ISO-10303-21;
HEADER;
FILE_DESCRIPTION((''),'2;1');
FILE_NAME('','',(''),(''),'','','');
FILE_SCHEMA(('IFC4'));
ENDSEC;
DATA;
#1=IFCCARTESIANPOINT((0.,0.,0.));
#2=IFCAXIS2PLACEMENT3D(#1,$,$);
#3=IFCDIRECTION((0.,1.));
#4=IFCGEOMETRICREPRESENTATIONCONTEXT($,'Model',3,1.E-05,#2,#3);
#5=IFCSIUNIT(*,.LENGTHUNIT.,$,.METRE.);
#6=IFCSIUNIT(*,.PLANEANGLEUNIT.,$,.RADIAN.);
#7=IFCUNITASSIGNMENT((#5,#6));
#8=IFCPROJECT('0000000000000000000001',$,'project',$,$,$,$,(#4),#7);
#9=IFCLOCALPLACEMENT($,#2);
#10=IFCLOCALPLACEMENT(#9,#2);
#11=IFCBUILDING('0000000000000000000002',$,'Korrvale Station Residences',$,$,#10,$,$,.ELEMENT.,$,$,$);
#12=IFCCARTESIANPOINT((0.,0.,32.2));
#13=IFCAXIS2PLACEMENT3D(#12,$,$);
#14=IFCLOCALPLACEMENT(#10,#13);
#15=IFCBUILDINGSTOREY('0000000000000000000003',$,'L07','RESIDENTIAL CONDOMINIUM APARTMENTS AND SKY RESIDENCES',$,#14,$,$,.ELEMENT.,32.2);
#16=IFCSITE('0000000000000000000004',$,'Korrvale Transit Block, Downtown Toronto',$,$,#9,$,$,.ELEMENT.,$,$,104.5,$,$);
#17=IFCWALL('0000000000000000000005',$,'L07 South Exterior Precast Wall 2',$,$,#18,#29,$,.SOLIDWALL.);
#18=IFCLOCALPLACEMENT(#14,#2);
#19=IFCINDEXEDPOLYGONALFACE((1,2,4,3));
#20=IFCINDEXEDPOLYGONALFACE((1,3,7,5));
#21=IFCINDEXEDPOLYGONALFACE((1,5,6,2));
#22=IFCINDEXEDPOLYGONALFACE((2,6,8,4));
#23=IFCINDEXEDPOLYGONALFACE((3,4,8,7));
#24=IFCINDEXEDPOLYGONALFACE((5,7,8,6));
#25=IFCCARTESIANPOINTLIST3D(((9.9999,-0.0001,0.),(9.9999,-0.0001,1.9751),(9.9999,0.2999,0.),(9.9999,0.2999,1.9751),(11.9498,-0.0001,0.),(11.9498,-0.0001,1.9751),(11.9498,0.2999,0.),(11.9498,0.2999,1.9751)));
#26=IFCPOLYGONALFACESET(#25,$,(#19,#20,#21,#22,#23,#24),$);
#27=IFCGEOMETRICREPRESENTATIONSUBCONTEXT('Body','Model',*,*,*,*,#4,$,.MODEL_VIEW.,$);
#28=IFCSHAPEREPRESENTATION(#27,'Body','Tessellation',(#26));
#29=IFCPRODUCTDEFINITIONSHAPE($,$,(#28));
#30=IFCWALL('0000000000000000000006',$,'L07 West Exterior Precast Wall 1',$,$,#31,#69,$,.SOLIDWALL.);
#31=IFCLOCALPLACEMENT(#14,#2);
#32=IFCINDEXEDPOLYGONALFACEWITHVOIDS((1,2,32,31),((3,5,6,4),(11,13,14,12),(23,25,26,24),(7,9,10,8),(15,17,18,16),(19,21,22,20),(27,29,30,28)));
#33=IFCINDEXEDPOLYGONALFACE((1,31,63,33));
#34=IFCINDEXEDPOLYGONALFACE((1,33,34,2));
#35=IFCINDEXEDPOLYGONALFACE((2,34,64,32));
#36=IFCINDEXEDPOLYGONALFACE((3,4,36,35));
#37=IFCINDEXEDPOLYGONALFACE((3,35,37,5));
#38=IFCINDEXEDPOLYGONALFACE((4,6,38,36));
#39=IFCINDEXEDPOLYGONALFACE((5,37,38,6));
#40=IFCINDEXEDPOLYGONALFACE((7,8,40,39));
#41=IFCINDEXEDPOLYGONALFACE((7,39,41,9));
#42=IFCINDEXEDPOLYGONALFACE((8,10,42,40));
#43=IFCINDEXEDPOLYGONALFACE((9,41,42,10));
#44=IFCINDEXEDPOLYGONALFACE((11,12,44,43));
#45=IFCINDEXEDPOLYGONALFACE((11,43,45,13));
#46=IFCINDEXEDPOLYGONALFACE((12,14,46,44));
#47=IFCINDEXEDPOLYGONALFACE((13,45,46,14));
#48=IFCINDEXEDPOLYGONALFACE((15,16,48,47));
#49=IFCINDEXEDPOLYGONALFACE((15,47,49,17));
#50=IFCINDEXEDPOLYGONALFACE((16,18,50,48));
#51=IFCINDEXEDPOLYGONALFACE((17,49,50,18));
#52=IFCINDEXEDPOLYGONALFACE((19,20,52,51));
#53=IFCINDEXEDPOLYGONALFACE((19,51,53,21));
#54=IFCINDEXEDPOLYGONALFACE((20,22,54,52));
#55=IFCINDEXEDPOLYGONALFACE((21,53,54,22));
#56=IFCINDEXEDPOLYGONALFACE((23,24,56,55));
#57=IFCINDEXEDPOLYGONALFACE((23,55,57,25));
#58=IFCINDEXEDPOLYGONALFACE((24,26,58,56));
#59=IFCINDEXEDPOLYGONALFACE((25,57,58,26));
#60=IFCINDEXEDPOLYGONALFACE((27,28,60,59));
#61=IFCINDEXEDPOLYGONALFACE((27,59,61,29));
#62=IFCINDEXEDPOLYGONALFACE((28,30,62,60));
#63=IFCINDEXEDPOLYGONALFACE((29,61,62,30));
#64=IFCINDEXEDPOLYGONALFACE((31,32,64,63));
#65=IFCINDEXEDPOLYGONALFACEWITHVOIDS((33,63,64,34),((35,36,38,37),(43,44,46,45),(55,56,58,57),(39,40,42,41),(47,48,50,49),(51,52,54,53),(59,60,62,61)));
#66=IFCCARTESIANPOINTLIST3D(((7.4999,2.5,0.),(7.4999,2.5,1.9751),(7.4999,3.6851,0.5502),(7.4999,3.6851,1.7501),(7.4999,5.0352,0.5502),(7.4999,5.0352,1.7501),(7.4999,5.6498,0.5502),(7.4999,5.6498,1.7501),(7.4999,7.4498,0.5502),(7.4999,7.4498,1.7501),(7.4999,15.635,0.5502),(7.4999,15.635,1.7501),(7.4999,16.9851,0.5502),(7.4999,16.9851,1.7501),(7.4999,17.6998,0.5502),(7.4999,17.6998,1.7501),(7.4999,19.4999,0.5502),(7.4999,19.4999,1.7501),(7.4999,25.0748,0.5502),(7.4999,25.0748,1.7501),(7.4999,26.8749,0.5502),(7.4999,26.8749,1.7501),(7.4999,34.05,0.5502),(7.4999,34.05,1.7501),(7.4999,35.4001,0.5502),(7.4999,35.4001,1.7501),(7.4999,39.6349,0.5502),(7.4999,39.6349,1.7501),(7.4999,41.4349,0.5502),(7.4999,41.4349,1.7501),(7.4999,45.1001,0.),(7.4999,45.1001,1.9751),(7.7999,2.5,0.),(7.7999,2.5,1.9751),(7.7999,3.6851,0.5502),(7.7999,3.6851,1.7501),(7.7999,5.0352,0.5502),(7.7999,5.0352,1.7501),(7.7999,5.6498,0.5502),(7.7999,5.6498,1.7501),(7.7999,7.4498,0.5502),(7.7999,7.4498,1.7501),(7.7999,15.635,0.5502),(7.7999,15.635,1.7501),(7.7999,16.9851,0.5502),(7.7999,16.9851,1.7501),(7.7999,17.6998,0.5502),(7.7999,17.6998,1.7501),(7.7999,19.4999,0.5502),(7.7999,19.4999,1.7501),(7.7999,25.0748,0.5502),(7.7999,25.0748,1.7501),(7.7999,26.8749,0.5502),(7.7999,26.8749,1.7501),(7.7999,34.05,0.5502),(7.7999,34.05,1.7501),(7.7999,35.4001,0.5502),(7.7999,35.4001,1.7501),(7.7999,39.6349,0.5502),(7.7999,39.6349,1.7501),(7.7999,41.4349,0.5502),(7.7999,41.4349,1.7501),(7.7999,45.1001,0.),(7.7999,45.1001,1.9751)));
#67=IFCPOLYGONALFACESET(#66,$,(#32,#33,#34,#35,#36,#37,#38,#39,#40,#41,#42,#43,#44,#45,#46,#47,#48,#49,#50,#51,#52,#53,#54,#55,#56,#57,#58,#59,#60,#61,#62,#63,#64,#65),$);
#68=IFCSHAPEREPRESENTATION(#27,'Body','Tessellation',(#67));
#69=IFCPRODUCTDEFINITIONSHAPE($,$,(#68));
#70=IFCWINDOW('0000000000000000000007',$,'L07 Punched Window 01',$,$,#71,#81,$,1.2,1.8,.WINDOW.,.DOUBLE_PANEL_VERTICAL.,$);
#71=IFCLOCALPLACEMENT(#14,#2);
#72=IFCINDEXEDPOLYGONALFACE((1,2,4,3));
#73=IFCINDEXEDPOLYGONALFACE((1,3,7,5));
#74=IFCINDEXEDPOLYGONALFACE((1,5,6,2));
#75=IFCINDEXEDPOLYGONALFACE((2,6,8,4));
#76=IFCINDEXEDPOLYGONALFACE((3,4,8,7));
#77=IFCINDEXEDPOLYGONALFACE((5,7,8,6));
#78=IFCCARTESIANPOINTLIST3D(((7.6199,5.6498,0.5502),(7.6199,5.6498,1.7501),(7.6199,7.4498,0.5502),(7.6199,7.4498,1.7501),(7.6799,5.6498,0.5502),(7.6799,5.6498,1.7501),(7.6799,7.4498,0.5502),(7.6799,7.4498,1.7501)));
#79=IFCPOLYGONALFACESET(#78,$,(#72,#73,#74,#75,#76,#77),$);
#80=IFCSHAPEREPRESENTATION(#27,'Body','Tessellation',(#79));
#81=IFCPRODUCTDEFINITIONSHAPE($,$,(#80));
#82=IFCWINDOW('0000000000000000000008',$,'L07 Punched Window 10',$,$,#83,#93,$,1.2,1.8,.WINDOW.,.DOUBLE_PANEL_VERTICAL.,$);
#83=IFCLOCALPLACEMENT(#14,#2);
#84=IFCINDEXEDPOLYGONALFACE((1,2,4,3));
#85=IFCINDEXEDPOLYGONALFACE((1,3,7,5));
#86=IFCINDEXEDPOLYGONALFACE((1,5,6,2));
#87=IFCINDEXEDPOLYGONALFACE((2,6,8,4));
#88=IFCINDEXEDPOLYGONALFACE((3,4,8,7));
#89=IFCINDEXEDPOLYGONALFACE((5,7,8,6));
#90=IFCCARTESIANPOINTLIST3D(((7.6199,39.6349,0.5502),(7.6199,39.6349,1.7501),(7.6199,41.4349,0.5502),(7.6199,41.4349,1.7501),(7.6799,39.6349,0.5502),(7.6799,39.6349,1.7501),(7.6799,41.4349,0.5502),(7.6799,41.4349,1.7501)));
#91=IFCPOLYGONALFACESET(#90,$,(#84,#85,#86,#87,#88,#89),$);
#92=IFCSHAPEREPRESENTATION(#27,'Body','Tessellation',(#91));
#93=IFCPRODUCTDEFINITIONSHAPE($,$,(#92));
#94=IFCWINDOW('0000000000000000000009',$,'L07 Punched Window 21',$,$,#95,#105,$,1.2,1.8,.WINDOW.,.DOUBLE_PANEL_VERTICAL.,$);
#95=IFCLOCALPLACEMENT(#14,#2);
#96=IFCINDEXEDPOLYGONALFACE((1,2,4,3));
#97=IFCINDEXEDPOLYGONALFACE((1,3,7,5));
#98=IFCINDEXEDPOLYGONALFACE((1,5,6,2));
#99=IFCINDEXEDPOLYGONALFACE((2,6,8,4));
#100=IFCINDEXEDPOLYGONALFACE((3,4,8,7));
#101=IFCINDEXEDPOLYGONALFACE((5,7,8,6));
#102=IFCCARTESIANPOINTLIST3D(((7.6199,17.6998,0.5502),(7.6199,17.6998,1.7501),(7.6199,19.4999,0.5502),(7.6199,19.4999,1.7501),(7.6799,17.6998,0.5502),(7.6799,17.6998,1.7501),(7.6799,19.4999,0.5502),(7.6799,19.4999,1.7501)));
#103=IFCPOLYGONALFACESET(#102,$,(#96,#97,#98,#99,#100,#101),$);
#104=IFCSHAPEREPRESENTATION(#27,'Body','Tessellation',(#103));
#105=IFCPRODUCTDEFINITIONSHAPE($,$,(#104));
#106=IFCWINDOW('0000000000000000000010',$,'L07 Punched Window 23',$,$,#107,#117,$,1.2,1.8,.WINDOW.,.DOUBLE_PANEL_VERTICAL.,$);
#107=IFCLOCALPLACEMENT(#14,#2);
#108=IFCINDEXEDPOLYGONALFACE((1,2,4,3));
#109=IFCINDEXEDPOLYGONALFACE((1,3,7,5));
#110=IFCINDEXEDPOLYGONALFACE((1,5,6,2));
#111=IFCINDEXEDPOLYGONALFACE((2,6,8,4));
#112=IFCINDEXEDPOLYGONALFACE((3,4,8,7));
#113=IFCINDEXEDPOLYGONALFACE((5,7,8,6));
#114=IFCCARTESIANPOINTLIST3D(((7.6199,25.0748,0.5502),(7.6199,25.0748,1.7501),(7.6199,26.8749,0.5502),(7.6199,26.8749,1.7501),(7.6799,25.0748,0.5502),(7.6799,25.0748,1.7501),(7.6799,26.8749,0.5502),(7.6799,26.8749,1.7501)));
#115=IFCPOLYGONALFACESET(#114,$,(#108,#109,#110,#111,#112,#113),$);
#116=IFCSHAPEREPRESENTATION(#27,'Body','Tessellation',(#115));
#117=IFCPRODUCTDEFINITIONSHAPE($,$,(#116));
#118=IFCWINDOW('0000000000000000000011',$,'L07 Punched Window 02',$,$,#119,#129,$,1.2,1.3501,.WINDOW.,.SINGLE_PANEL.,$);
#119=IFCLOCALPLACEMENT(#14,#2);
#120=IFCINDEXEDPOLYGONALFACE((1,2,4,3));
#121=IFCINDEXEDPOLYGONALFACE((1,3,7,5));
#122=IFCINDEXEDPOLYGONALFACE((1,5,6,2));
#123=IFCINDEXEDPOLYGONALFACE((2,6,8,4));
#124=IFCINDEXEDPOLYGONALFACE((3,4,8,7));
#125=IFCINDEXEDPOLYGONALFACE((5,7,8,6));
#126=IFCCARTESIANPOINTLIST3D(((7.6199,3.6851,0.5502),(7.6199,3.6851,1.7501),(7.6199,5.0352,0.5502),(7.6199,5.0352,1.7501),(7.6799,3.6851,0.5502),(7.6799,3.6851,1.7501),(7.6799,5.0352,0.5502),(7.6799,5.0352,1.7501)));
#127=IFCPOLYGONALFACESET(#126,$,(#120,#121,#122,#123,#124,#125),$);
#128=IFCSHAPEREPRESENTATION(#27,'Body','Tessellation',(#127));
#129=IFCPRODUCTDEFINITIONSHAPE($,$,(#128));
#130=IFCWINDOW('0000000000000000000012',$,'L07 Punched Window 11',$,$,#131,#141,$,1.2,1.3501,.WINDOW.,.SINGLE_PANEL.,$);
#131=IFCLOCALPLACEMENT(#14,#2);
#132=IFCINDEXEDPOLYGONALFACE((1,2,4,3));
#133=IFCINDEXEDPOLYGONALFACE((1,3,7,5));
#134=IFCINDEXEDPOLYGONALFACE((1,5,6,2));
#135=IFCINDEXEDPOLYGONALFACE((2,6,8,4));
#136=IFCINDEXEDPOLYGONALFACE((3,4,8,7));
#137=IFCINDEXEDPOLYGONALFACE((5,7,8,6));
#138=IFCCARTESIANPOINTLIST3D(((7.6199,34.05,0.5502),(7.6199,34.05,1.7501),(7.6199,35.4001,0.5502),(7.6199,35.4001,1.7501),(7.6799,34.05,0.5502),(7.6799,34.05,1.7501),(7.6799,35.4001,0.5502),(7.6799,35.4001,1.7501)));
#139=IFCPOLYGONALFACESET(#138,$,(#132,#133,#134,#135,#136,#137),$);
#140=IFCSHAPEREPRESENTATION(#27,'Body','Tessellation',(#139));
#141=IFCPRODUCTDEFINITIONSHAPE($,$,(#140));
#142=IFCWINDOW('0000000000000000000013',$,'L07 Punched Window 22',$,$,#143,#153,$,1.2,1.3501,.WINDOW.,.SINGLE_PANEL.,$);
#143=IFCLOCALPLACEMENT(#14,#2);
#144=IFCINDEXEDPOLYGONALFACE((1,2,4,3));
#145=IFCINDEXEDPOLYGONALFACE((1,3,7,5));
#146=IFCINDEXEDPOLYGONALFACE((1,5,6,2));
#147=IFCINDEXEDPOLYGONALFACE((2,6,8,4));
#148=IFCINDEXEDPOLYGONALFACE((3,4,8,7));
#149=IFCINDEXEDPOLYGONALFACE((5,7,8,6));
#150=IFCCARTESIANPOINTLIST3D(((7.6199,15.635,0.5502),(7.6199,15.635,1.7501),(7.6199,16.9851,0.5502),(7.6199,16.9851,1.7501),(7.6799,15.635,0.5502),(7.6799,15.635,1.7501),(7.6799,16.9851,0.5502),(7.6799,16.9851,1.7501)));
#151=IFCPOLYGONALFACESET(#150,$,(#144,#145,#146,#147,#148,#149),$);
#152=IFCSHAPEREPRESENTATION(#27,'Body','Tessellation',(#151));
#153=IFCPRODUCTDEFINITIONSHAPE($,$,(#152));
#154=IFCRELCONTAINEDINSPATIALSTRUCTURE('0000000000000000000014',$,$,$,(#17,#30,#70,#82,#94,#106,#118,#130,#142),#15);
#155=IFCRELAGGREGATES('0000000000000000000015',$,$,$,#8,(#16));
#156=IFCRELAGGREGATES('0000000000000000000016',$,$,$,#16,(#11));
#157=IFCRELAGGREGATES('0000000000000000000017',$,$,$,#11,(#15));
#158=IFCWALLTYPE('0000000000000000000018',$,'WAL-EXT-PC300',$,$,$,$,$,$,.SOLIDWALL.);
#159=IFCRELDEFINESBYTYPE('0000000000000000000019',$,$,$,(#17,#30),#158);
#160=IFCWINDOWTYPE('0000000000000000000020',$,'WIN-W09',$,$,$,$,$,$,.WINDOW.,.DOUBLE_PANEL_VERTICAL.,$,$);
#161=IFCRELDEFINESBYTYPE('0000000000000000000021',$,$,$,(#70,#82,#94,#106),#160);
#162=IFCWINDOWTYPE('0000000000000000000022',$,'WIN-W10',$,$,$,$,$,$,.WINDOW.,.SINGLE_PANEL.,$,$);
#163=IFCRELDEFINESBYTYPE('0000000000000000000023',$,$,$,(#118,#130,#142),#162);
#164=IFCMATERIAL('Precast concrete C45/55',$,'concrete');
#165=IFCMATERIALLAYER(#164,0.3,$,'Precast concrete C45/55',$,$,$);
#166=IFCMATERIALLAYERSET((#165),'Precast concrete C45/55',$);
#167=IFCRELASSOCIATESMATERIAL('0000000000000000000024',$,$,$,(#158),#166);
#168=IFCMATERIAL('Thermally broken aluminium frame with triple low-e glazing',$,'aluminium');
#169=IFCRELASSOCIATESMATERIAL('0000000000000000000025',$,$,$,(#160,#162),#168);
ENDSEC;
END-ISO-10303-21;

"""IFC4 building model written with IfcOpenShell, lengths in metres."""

from ifc_helpers import new_model, si_unit, direction, frame, frame_2d, origin, place, context, subcontext, project, spatial, rectangle, extrude, material, layer, layer_set, type_object, element, fill, save


model = new_model("IFC4")

# Units and contexts
model_context = context("Model", 3, precision=1e-05, world=origin(), true_north=direction((0.0, 1.0)))
body_context = subcontext(model_context, "Body", "Model", "MODEL_VIEW")
ifc_project = project(units=[si_unit("LENGTHUNIT", "METRE"), si_unit("PLANEANGLEUNIT", "RADIAN")], contexts=[model_context])

# Site, building, storey
site_placement = place(None, origin())
site = spatial("IfcSite", under=ifc_project, at=site_placement, Name="Korrvale Transit Block, Downtown Toronto", CompositionType="ELEMENT", RefElevation=104.5)
building_placement = place(site_placement, origin())
building = spatial("IfcBuilding", under=site, at=building_placement, Name="Korrvale Station Residences", CompositionType="ELEMENT")
storey_placement = place(building_placement, frame((0.0, 0.0, 32.2)))
storey = spatial("IfcBuildingStorey", under=building, at=storey_placement, Name="L07", Description="RESIDENTIAL CONDOMINIUM APARTMENTS AND SKY RESIDENCES", CompositionType="ELEMENT", Elevation=32.2)

# Wall
ifc_material_1 = material(Name="Precast concrete C45/55", Category="concrete")
ifc_layer_1 = layer(ifc_material_1, 0.3, Name="Precast concrete C45/55")
ifc_layer_set_1 = layer_set([ifc_layer_1], Name="Precast concrete C45/55")
wall_type_1 = type_object("IfcWallType", Name="WAL-EXT-PC300", PredefinedType="SOLIDWALL", material=ifc_layer_set_1)
wall_1_placement = place(storey_placement, frame((11.95, 0.1499, 0.0), z_axis=(0.0, 0.0, 1.0), x_axis=(-1.0, 0.0, 0.0)))
element("IfcWall", 1, at=wall_1_placement, inside=storey, type_object=wall_type_1, Name="L07 South Exterior Precast Wall 2", PredefinedType="SOLIDWALL", context=body_context, shape_type="SweptSolid", body=[
    extrude(rectangle(XDim=1.95, YDim=0.3, at=frame_2d((0.9751, 0.0))), origin(), (0.0, 0.0, 1.0), 1.9751),
])

# Wall, openings, windows
wall_2_placement = place(storey_placement, frame((7.6499, 2.5, 0.0), z_axis=(0.0, 0.0, 1.0), x_axis=(0.0, 1.0, 0.0)))
wall_2 = element("IfcWall", 2, at=wall_2_placement, inside=storey, type_object=wall_type_1, Name="L07 West Exterior Precast Wall 1", PredefinedType="SOLIDWALL", context=body_context, shape_type="SweptSolid", body=[
    extrude(rectangle(XDim=42.6001, YDim=0.3, at=frame_2d((21.3, 0.0))), origin(), (0.0, 0.0, 1.0), 1.9751),
])
opening_1_placement = place(wall_2_placement, frame((3.1499, 0.0, 0.55)))
opening_1 = element("IfcOpeningElement", 3, at=opening_1_placement, cuts=wall_2, PredefinedType="OPENING", context=body_context, shape_type="SweptSolid", body=[
    extrude(rectangle(XDim=1.8, YDim=1.2, at=frame_2d((0.8999, 0.6001))), frame((0.0, 0.1602, 0.0), z_axis=(0.0, -1.0, 0.0), x_axis=(1.0, 0.0, 0.0)), (0.0, 0.0, 1.0), 0.3201),
])
opening_2_placement = place(wall_2_placement, frame((1.1851, 0.0, 0.55)))
opening_2 = element("IfcOpeningElement", 4, at=opening_2_placement, cuts=wall_2, PredefinedType="OPENING", context=body_context, shape_type="SweptSolid", body=[
    extrude(rectangle(XDim=1.3501, YDim=1.2, at=frame_2d((0.675, 0.6001))), frame((0.0, 0.1602, 0.0), z_axis=(0.0, -1.0, 0.0), x_axis=(1.0, 0.0, 0.0)), (0.0, 0.0, 1.0), 0.3201),
])
opening_3_placement = place(wall_2_placement, frame((37.135, 0.0, 0.55)))
opening_3 = element("IfcOpeningElement", 5, at=opening_3_placement, cuts=wall_2, PredefinedType="OPENING", context=body_context, shape_type="SweptSolid", body=[
    extrude(rectangle(XDim=1.8, YDim=1.2, at=frame_2d((0.8999, 0.6001))), frame((0.0, 0.1602, 0.0), z_axis=(0.0, -1.0, 0.0), x_axis=(1.0, 0.0, 0.0)), (0.0, 0.0, 1.0), 0.3201),
])
opening_4_placement = place(wall_2_placement, frame((31.55, 0.0, 0.55)))
opening_4 = element("IfcOpeningElement", 6, at=opening_4_placement, cuts=wall_2, PredefinedType="OPENING", context=body_context, shape_type="SweptSolid", body=[
    extrude(rectangle(XDim=1.3501, YDim=1.2, at=frame_2d((0.675, 0.6001))), frame((0.0, 0.1602, 0.0), z_axis=(0.0, -1.0, 0.0), x_axis=(1.0, 0.0, 0.0)), (0.0, 0.0, 1.0), 0.3201),
])
opening_5_placement = place(wall_2_placement, frame((15.2, 0.0, 0.55)))
opening_5 = element("IfcOpeningElement", 7, at=opening_5_placement, cuts=wall_2, PredefinedType="OPENING", context=body_context, shape_type="SweptSolid", body=[
    extrude(rectangle(XDim=1.8, YDim=1.2, at=frame_2d((0.8999, 0.6001))), frame((0.0, 0.1602, 0.0), z_axis=(0.0, -1.0, 0.0), x_axis=(1.0, 0.0, 0.0)), (0.0, 0.0, 1.0), 0.3201),
])
opening_6_placement = place(wall_2_placement, frame((13.135, 0.0, 0.55)))
opening_6 = element("IfcOpeningElement", 8, at=opening_6_placement, cuts=wall_2, PredefinedType="OPENING", context=body_context, shape_type="SweptSolid", body=[
    extrude(rectangle(XDim=1.3501, YDim=1.2, at=frame_2d((0.675, 0.6001))), frame((0.0, 0.1602, 0.0), z_axis=(0.0, -1.0, 0.0), x_axis=(1.0, 0.0, 0.0)), (0.0, 0.0, 1.0), 0.3201),
])
opening_7_placement = place(wall_2_placement, frame((22.575, 0.0, 0.55)))
opening_7 = element("IfcOpeningElement", 9, at=opening_7_placement, cuts=wall_2, PredefinedType="OPENING", context=body_context, shape_type="SweptSolid", body=[
    extrude(rectangle(XDim=1.8, YDim=1.2, at=frame_2d((0.8999, 0.6001))), frame((0.0, 0.1602, 0.0), z_axis=(0.0, -1.0, 0.0), x_axis=(1.0, 0.0, 0.0)), (0.0, 0.0, 1.0), 0.3201),
])
ifc_material_2 = material(Name="Thermally broken aluminium frame with triple low-e glazing", Category="aluminium")
window_type_1 = type_object("IfcWindowType", Name="WIN-W09", PartitioningType="DOUBLE_PANEL_VERTICAL", PredefinedType="WINDOW", material=ifc_material_2)
window_1_placement = place(opening_1_placement, origin())
window_1 = element("IfcWindow", 10, at=window_1_placement, inside=storey, type_object=window_type_1, Name="L07 Punched Window 01", OverallHeight=1.2, OverallWidth=1.8, PartitioningType="DOUBLE_PANEL_VERTICAL", PredefinedType="WINDOW", context=body_context, shape_type="SweptSolid", body=[
    extrude(rectangle(XDim=1.8, YDim=1.2, at=frame_2d((0.8999, 0.6001))), frame((0.0, 0.03, 0.0), z_axis=(0.0, -1.0, 0.0), x_axis=(1.0, 0.0, 0.0)), (0.0, 0.0, 1.0), 0.0601),
])
fill(opening_1, window_1)
window_2_placement = place(opening_3_placement, origin())
window_2 = element("IfcWindow", 11, at=window_2_placement, inside=storey, type_object=window_type_1, Name="L07 Punched Window 10", OverallHeight=1.2, OverallWidth=1.8, PartitioningType="DOUBLE_PANEL_VERTICAL", PredefinedType="WINDOW", context=body_context, shape_type="SweptSolid", body=[
    extrude(rectangle(XDim=1.8, YDim=1.2, at=frame_2d((0.8999, 0.6001))), frame((0.0, 0.03, 0.0), z_axis=(0.0, -1.0, 0.0), x_axis=(1.0, 0.0, 0.0)), (0.0, 0.0, 1.0), 0.0601),
])
fill(opening_3, window_2)
window_3_placement = place(opening_5_placement, origin())
window_3 = element("IfcWindow", 12, at=window_3_placement, inside=storey, type_object=window_type_1, Name="L07 Punched Window 21", OverallHeight=1.2, OverallWidth=1.8, PartitioningType="DOUBLE_PANEL_VERTICAL", PredefinedType="WINDOW", context=body_context, shape_type="SweptSolid", body=[
    extrude(rectangle(XDim=1.8, YDim=1.2, at=frame_2d((0.8999, 0.6001))), frame((0.0, 0.03, 0.0), z_axis=(0.0, -1.0, 0.0), x_axis=(1.0, 0.0, 0.0)), (0.0, 0.0, 1.0), 0.0601),
])
fill(opening_5, window_3)
window_4_placement = place(opening_7_placement, origin())
window_4 = element("IfcWindow", 13, at=window_4_placement, inside=storey, type_object=window_type_1, Name="L07 Punched Window 23", OverallHeight=1.2, OverallWidth=1.8, PartitioningType="DOUBLE_PANEL_VERTICAL", PredefinedType="WINDOW", context=body_context, shape_type="SweptSolid", body=[
    extrude(rectangle(XDim=1.8, YDim=1.2, at=frame_2d((0.8999, 0.6001))), frame((0.0, 0.03, 0.0), z_axis=(0.0, -1.0, 0.0), x_axis=(1.0, 0.0, 0.0)), (0.0, 0.0, 1.0), 0.0601),
])
fill(opening_7, window_4)
window_type_2 = type_object("IfcWindowType", Name="WIN-W10", PartitioningType="SINGLE_PANEL", PredefinedType="WINDOW", material=ifc_material_2)
window_5_placement = place(opening_2_placement, origin())
window_5 = element("IfcWindow", 14, at=window_5_placement, inside=storey, type_object=window_type_2, Name="L07 Punched Window 02", OverallHeight=1.2, OverallWidth=1.3501, PartitioningType="SINGLE_PANEL", PredefinedType="WINDOW", context=body_context, shape_type="SweptSolid", body=[
    extrude(rectangle(XDim=1.3501, YDim=1.2, at=frame_2d((0.675, 0.6001))), frame((0.0, 0.03, 0.0), z_axis=(0.0, -1.0, 0.0), x_axis=(1.0, 0.0, 0.0)), (0.0, 0.0, 1.0), 0.0601),
])
fill(opening_2, window_5)
window_6_placement = place(opening_4_placement, origin())
window_6 = element("IfcWindow", 15, at=window_6_placement, inside=storey, type_object=window_type_2, Name="L07 Punched Window 11", OverallHeight=1.2, OverallWidth=1.3501, PartitioningType="SINGLE_PANEL", PredefinedType="WINDOW", context=body_context, shape_type="SweptSolid", body=[
    extrude(rectangle(XDim=1.3501, YDim=1.2, at=frame_2d((0.675, 0.6001))), frame((0.0, 0.03, 0.0), z_axis=(0.0, -1.0, 0.0), x_axis=(1.0, 0.0, 0.0)), (0.0, 0.0, 1.0), 0.0601),
])
fill(opening_4, window_6)
window_7_placement = place(opening_6_placement, origin())
window_7 = element("IfcWindow", 16, at=window_7_placement, inside=storey, type_object=window_type_2, Name="L07 Punched Window 22", OverallHeight=1.2, OverallWidth=1.3501, PartitioningType="SINGLE_PANEL", PredefinedType="WINDOW", context=body_context, shape_type="SweptSolid", body=[
    extrude(rectangle(XDim=1.3501, YDim=1.2, at=frame_2d((0.675, 0.6001))), frame((0.0, 0.03, 0.0), z_axis=(0.0, -1.0, 0.0), x_axis=(1.0, 0.0, 0.0)), (0.0, 0.0, 1.0), 0.0601),
])
fill(opening_6, window_7)

save(model, "model.ifc")
